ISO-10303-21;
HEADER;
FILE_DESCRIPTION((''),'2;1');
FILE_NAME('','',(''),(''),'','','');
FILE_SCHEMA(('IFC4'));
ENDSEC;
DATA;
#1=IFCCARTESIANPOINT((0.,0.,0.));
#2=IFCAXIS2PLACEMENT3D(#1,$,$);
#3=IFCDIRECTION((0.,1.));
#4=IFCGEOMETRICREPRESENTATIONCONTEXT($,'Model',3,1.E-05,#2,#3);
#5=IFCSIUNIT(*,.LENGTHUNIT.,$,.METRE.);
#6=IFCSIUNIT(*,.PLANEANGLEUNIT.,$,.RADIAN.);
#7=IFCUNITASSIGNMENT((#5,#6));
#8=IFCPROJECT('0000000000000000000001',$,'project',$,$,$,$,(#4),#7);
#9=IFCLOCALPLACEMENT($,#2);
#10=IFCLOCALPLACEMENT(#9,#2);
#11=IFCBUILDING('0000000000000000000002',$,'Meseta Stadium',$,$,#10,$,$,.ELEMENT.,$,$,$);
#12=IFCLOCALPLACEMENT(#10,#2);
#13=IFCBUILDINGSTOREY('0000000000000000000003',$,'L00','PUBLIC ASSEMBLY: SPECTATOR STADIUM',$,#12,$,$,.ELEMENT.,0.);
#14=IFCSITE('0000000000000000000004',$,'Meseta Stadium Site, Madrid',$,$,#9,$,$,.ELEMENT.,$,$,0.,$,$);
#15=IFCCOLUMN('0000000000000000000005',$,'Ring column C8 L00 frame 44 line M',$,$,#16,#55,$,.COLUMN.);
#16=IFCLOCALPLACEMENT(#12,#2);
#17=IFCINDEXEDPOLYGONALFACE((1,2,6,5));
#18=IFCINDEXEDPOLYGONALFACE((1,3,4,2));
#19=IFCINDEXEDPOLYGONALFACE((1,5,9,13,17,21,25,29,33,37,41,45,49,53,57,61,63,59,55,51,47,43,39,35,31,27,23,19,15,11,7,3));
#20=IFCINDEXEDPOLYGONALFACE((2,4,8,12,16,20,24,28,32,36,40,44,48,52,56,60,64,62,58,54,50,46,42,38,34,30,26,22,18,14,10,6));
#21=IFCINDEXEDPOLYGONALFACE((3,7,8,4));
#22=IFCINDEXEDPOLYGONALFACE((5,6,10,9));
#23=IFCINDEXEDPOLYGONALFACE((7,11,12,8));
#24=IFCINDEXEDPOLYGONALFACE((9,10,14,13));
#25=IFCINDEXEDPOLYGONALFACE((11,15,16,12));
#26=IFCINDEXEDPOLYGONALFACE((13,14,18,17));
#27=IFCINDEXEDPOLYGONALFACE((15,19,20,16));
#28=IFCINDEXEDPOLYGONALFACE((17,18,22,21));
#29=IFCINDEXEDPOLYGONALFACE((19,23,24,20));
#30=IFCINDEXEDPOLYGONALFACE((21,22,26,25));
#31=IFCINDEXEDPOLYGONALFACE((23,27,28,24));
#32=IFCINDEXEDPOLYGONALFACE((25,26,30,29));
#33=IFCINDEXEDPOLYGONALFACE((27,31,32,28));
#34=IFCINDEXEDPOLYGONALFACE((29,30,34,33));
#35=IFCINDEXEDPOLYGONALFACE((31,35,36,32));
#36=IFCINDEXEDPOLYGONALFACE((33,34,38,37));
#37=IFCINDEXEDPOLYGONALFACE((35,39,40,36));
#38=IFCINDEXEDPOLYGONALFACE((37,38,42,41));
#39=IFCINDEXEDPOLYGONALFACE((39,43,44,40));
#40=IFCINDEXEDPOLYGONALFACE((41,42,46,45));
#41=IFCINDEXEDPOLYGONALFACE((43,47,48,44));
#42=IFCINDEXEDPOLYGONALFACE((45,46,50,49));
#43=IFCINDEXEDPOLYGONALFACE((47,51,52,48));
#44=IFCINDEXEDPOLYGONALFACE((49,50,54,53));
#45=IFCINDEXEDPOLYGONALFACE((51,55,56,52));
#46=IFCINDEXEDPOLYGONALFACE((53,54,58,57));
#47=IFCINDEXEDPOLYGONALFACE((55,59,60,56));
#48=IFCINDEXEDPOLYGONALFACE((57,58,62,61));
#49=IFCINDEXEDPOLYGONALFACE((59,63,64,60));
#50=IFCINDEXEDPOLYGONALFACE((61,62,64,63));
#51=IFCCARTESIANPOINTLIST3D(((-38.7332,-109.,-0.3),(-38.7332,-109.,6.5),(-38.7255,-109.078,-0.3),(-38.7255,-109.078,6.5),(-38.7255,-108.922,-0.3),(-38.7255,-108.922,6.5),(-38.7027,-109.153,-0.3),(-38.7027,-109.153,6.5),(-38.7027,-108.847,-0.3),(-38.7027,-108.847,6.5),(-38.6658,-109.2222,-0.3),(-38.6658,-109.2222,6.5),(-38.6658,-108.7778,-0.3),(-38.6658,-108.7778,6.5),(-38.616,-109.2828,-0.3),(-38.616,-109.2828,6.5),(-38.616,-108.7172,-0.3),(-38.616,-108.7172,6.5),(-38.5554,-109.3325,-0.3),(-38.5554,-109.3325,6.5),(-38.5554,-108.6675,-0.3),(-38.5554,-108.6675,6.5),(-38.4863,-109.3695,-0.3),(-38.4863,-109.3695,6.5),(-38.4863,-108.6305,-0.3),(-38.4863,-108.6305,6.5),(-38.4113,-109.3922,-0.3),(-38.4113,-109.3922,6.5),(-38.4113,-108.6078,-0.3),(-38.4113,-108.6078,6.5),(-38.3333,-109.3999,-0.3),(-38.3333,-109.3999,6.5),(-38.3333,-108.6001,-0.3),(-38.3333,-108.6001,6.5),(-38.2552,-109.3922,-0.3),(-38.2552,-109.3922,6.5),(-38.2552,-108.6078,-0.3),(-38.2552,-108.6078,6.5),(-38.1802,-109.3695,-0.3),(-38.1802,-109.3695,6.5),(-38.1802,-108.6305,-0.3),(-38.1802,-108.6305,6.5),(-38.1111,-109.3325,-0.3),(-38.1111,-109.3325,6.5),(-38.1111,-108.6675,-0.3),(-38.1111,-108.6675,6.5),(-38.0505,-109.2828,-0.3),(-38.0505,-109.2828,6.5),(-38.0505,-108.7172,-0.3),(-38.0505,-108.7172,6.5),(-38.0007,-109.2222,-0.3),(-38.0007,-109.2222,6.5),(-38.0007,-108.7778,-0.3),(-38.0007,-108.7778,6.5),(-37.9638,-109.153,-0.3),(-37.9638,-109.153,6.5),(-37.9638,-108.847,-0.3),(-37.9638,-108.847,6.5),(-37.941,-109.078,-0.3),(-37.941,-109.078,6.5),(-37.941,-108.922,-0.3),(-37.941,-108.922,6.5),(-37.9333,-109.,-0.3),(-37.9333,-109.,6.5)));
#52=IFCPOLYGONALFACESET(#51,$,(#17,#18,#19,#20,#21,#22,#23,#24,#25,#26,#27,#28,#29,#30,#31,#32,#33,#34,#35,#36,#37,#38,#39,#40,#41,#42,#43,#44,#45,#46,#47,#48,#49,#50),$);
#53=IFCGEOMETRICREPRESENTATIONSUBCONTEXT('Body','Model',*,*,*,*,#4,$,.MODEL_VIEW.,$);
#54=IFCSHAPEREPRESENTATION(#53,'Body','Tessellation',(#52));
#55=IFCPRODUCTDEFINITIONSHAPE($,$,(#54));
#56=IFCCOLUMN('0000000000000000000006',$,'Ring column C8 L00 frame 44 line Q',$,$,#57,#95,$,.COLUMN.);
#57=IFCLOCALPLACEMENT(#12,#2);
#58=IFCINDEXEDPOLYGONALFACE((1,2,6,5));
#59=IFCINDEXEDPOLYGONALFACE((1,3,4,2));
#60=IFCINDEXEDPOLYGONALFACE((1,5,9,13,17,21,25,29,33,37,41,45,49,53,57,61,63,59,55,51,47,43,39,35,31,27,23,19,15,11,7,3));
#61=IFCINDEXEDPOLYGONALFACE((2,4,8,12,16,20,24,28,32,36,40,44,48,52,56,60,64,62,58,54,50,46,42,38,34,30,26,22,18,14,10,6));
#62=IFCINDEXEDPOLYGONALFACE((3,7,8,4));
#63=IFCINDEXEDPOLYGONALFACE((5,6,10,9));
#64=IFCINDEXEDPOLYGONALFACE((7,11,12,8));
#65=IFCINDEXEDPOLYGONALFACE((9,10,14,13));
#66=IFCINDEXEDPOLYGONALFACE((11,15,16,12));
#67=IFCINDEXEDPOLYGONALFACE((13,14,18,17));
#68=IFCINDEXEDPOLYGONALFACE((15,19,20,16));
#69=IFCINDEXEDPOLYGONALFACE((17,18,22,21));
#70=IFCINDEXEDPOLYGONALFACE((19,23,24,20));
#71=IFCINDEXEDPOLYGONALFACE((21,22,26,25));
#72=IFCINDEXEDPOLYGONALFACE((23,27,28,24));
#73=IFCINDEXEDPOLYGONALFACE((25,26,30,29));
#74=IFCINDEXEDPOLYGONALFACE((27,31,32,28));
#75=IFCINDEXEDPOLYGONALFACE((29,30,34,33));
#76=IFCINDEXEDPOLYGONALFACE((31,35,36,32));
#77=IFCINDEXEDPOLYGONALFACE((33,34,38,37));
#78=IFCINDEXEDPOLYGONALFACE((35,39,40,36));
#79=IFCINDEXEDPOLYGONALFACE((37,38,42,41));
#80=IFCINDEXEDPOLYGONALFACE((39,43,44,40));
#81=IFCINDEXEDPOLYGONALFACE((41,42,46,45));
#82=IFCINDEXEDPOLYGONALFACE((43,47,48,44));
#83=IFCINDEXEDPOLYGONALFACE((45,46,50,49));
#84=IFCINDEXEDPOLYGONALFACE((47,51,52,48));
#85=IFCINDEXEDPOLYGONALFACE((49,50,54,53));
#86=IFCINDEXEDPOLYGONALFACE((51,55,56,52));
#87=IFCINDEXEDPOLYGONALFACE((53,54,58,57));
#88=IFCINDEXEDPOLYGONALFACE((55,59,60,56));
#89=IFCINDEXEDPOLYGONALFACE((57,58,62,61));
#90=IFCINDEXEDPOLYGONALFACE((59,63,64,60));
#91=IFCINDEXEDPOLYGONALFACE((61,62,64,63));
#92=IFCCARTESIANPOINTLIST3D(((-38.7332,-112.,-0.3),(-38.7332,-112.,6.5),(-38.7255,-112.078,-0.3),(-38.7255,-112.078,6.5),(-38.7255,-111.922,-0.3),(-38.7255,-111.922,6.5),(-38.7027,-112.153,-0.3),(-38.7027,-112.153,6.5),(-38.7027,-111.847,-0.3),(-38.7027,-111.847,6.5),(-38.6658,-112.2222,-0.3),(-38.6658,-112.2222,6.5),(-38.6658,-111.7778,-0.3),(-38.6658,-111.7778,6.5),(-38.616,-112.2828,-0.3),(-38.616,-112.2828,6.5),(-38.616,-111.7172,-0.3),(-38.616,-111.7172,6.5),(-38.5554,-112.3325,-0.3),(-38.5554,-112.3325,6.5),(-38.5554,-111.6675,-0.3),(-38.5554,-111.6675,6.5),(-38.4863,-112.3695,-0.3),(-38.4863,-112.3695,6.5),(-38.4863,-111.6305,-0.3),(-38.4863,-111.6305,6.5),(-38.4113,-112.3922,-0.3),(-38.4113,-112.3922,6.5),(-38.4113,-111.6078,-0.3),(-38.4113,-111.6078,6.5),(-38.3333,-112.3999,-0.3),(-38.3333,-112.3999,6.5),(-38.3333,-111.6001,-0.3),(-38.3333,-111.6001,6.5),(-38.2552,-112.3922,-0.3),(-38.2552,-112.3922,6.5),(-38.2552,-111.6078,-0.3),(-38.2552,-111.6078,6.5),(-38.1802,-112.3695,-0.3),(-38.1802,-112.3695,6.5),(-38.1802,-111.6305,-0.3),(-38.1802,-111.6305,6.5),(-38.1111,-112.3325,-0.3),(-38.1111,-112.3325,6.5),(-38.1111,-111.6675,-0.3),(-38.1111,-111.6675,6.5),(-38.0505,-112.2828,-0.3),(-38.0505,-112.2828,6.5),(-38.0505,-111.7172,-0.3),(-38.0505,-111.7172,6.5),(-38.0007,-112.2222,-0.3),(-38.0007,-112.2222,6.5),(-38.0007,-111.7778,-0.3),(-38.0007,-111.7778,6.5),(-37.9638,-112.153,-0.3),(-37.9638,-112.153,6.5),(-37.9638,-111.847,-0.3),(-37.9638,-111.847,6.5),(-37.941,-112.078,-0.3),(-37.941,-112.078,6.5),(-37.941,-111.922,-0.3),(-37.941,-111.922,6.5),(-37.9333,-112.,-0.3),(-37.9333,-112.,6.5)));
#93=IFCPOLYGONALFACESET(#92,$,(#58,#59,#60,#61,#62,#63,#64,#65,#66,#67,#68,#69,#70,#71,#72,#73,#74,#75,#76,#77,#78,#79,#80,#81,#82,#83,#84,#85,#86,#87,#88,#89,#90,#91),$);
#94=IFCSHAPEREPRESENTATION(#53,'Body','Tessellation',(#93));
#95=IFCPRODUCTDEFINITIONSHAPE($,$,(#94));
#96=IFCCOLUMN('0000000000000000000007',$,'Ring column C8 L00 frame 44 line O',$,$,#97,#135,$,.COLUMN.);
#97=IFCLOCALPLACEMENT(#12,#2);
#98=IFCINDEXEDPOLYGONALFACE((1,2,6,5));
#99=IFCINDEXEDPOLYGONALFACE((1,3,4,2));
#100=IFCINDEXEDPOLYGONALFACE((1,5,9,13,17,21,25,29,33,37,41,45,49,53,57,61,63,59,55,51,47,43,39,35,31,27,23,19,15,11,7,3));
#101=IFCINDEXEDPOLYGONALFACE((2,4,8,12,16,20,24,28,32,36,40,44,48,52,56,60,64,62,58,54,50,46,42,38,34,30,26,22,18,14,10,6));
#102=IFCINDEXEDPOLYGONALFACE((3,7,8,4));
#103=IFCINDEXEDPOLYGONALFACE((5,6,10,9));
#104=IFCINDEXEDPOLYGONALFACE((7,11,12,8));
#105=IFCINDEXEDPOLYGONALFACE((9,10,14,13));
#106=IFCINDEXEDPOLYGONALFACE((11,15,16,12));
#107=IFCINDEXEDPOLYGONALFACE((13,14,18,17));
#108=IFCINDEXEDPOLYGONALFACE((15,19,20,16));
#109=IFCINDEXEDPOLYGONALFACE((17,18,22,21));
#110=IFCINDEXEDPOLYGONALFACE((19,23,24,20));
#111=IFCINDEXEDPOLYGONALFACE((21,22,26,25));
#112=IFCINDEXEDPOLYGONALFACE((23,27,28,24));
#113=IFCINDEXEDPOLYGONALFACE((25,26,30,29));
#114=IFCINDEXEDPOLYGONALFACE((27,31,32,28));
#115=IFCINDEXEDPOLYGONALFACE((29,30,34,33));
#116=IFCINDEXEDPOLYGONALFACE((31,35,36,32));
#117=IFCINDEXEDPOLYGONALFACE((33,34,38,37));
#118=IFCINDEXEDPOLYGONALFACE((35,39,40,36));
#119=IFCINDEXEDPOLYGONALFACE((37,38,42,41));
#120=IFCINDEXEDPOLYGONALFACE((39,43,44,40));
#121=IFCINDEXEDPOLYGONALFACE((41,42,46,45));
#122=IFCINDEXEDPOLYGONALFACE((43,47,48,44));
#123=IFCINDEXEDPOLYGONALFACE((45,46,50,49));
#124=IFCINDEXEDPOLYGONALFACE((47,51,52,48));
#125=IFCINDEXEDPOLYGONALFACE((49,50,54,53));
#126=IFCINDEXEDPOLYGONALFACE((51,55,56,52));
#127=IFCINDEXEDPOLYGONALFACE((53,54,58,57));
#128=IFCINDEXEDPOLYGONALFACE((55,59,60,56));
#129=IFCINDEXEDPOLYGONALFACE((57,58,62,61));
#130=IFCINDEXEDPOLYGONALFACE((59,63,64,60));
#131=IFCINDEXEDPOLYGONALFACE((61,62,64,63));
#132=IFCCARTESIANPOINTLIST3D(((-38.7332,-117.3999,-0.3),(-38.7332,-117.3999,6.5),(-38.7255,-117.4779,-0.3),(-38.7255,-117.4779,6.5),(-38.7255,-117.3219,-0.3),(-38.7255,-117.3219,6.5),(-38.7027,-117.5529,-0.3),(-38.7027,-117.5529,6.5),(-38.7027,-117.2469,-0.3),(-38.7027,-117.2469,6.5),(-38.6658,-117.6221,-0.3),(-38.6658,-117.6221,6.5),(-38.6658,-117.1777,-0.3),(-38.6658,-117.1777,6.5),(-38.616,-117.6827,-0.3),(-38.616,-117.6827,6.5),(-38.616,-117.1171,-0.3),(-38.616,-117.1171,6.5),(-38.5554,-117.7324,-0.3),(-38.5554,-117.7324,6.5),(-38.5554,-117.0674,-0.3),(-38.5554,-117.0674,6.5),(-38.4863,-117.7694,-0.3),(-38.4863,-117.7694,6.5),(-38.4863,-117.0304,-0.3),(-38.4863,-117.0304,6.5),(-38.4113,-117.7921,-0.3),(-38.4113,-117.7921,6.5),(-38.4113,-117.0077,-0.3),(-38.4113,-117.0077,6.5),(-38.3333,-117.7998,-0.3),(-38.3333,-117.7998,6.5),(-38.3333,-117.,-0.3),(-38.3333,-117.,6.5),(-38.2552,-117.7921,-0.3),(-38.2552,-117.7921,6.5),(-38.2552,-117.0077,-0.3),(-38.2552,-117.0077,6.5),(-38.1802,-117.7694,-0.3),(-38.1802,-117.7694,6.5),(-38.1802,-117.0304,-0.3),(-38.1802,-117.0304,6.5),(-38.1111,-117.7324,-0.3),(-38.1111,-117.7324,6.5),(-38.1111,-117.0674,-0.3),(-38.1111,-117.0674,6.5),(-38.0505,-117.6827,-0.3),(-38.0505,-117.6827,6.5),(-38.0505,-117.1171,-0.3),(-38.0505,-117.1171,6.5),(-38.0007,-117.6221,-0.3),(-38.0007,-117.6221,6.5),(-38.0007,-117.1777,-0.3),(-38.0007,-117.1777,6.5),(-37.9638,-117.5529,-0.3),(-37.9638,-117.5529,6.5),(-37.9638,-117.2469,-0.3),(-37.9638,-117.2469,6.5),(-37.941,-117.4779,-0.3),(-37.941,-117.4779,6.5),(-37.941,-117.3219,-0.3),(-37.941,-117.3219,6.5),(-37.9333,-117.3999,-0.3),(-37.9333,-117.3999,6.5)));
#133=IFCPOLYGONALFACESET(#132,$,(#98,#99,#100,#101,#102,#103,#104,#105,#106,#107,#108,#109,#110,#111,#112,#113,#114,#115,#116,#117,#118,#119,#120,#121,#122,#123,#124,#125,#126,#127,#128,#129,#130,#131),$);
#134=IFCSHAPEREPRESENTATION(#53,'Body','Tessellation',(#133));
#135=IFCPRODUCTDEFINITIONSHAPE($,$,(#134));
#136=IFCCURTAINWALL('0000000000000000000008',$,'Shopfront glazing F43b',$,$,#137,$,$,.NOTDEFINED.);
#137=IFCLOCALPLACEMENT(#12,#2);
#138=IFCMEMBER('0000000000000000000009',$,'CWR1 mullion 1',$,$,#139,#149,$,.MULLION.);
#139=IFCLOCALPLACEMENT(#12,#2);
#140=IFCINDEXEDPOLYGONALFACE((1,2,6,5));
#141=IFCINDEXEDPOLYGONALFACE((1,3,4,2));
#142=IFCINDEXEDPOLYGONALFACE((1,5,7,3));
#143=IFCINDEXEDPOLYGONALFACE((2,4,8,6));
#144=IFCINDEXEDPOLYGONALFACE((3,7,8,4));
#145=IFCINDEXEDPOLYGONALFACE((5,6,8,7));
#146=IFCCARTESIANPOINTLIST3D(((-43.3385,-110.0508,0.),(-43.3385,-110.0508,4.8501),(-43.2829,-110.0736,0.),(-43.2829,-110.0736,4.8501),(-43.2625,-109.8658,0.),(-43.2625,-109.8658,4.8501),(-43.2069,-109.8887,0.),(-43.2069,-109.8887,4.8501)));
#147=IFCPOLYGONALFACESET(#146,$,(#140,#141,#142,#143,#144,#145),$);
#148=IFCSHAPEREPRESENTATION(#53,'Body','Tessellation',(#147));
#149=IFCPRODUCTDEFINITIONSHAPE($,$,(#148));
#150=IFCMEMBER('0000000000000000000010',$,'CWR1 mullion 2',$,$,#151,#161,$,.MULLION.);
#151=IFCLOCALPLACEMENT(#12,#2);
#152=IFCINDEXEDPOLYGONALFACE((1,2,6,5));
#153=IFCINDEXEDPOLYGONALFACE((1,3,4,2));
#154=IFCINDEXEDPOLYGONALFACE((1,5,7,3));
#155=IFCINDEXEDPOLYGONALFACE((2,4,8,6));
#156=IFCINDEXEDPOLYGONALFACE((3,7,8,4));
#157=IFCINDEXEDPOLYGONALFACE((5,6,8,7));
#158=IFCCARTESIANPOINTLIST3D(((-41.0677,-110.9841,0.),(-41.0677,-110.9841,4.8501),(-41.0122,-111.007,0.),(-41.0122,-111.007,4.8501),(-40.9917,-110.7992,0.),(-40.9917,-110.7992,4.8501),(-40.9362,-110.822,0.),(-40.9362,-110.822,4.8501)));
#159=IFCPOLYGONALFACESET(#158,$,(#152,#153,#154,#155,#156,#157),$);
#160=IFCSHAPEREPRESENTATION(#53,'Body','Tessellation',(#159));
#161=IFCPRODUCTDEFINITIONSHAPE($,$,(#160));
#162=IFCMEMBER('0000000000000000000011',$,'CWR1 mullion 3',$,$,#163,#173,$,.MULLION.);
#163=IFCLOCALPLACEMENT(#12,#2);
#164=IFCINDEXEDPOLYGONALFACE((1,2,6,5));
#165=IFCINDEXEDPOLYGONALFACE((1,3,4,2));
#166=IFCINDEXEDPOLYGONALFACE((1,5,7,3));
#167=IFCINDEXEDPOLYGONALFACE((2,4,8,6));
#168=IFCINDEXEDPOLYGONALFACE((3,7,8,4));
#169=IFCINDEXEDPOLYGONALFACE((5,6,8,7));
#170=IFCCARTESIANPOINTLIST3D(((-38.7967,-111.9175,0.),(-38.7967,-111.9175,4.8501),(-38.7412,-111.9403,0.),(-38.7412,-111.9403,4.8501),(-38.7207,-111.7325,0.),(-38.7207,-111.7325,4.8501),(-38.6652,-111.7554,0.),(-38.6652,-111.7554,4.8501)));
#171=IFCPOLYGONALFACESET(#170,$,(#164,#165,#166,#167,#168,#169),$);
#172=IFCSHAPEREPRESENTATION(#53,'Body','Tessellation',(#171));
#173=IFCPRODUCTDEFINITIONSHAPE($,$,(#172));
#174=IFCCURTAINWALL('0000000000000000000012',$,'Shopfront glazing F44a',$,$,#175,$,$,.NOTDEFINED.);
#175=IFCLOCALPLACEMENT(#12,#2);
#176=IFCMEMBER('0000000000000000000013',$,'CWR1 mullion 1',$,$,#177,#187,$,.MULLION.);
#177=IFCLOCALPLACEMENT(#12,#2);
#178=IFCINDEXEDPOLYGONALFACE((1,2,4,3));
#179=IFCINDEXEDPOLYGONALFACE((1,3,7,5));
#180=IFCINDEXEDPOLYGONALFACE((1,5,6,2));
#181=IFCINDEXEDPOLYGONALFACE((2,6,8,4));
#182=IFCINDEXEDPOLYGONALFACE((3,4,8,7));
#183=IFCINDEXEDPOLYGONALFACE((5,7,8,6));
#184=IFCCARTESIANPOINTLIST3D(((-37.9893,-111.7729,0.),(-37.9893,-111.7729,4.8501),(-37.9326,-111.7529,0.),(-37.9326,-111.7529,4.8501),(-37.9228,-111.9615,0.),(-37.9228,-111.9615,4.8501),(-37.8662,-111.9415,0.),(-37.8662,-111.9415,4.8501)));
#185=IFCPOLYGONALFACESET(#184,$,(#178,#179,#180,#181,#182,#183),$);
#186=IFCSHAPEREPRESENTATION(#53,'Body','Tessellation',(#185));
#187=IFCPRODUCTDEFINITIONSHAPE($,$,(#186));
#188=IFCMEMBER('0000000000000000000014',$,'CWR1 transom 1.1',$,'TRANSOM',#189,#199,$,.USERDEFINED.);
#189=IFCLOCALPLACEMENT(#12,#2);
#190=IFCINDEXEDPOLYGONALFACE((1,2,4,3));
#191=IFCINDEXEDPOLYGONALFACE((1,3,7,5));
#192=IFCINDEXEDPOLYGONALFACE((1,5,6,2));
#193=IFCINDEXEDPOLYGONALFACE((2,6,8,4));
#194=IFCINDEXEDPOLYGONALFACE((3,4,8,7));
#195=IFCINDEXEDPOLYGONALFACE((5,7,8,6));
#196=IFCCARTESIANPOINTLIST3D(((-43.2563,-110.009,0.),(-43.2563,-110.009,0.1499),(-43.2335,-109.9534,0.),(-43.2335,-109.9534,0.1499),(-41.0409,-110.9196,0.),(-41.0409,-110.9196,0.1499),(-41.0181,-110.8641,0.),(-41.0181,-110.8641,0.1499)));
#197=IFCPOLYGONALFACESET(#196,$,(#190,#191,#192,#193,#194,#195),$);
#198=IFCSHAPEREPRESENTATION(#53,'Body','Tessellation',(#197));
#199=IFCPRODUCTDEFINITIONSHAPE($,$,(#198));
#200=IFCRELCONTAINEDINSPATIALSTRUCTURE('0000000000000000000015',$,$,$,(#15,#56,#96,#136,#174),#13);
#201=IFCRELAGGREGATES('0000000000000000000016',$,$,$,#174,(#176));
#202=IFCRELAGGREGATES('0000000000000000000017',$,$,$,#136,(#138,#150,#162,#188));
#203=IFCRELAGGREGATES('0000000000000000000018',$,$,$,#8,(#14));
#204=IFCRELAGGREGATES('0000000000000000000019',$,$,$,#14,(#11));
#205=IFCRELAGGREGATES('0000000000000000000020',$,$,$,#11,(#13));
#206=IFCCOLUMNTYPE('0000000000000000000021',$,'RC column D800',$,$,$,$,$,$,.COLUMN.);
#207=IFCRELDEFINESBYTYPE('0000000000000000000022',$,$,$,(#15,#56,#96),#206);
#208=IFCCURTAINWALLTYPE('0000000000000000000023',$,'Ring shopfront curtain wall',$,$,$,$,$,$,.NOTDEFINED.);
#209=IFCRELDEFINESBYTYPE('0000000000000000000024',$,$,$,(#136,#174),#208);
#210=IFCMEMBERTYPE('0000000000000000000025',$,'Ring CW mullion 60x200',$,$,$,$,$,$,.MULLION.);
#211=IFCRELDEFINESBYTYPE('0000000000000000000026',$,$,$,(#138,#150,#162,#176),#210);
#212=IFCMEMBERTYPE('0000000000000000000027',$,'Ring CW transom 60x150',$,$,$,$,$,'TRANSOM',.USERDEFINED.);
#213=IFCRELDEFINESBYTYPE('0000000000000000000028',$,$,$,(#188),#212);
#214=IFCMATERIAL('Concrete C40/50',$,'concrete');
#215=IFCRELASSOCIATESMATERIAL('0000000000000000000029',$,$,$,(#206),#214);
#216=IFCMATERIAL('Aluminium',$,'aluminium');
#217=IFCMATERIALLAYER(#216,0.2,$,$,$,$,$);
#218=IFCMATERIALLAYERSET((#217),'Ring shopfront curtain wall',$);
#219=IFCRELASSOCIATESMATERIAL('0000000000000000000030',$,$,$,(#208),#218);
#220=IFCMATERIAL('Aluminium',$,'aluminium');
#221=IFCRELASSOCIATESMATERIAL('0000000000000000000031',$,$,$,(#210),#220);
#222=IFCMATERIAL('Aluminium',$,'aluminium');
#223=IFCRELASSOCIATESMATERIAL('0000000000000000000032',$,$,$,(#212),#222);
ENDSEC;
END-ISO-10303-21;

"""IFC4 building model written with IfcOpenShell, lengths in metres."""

from ifc_helpers import new_model, si_unit, direction, frame, origin, origin_2d, place, context, subcontext, project, spatial, rectangle, circle, extrude, material, layer, layer_set, material_profile, profile_set, type_object, element, aggregate, save


model = new_model("IFC4")

# Units and contexts
model_context = context("Model", 3, precision=1e-05, world=origin(), true_north=direction((0.0, 1.0)))
body_context = subcontext(model_context, "Body", "Model", "MODEL_VIEW")
ifc_project = project(units=[si_unit("LENGTHUNIT", "METRE"), si_unit("PLANEANGLEUNIT", "RADIAN")], contexts=[model_context])

# Site, building, storey
site_placement = place(None, origin())
site = spatial("IfcSite", under=ifc_project, at=site_placement, Name="Meseta Stadium Site, Madrid", CompositionType="ELEMENT", RefElevation=0.0)
building_placement = place(site_placement, origin())
building = spatial("IfcBuilding", under=site, at=building_placement, Name="Meseta Stadium", CompositionType="ELEMENT")
storey_placement = place(building_placement, origin())
storey = spatial("IfcBuildingStorey", under=building, at=storey_placement, Name="L00", Description="PUBLIC ASSEMBLY: SPECTATOR STADIUM", CompositionType="ELEMENT", Elevation=0.0)

# Columns
ifc_material_1 = material(Name="Concrete C40/50", Category="concrete")
ifc_material_profile_1 = material_profile(ifc_material_1, circle(Radius=0.3999, at=origin_2d()), Name="RC D800")
ifc_profile_set_1 = profile_set([ifc_material_profile_1], Name="Concrete C40/50")
column_type = type_object("IfcColumnType", Name="RC column D800", PredefinedType="COLUMN", material=ifc_profile_set_1)
for number, where, z_axis, x_axis, name in (
    (1, (-38.3333, -109.0, -0.3), (0.0, 0.0, 1.0), (1.0, 0.0, 0.0), "Ring column C8 L00 frame 44 line M"),
    (2, (-38.3333, -112.0, -0.3), (0.0, 0.0, 1.0), (1.0, 0.0, 0.0), "Ring column C8 L00 frame 44 line Q"),
    (3, (-38.3333, -117.3999, -0.3), (0.0, 0.0, 1.0), (1.0, 0.0, 0.0), "Ring column C8 L00 frame 44 line O"),
):
    element("IfcColumn", number, at=place(storey_placement, frame(where, z_axis=z_axis, x_axis=x_axis)), inside=storey, type_object=column_type, Name=name, PredefinedType="COLUMN", context=body_context, shape_type="SweptSolid", body=[
        extrude(circle(Radius=0.3999, at=origin_2d()), origin(), (0.0, 0.0, 1.0), 6.8),
    ])

# Curtain wall, members
ifc_material_2 = material(Name="Aluminium", Category="aluminium")
ifc_layer_1 = layer(ifc_material_2, 0.2)
ifc_layer_set_1 = layer_set([ifc_layer_1], Name="Ring shopfront curtain wall")
curtain_wall_type = type_object("IfcCurtainWallType", Name="Ring shopfront curtain wall", PredefinedType="NOTDEFINED", material=ifc_layer_set_1)
curtain_wall_1_placement = place(storey_placement, origin())
curtain_wall_1 = element("IfcCurtainWall", 4, at=curtain_wall_1_placement, inside=storey, type_object=curtain_wall_type, Name="Shopfront glazing F43b", PredefinedType="NOTDEFINED")
ifc_material_3 = material(Name="Aluminium", Category="aluminium")
ifc_material_profile_2 = material_profile(ifc_material_3, rectangle(XDim=0.2, YDim=0.0601, at=origin_2d()), Name="CW 200x60")
ifc_profile_set_2 = profile_set([ifc_material_profile_2], Name="Aluminium")
member_type_1 = type_object("IfcMemberType", Name="Ring CW mullion 60x200", PredefinedType="MULLION", material=ifc_profile_set_2)
member_1_placement = place(storey_placement, frame((-43.2727, -109.9697, 0.0), z_axis=(0.0, 0.0, 1.0), x_axis=(0.380161, 0.92492, 0.0)))
member_1 = element("IfcMember", 5, at=member_1_placement, type_object=member_type_1, Name="CWR1 mullion 1", PredefinedType="MULLION", context=body_context, shape_type="SweptSolid", body=[
    extrude(rectangle(XDim=0.2, YDim=0.0601, at=origin_2d()), origin(), (0.0, 0.0, 1.0), 4.8501),
])
member_2_placement = place(storey_placement, frame((-41.002, -110.9031, 0.0), z_axis=(0.0, 0.0, 1.0), x_axis=(0.380161, 0.92492, 0.0)))
member_2 = element("IfcMember", 6, at=member_2_placement, type_object=member_type_1, Name="CWR1 mullion 2", PredefinedType="MULLION", context=body_context, shape_type="SweptSolid", body=[
    extrude(rectangle(XDim=0.2, YDim=0.0601, at=origin_2d()), origin(), (0.0, 0.0, 1.0), 4.8501),
])
member_3_placement = place(storey_placement, frame((-38.731, -111.8364, 0.0), z_axis=(0.0, 0.0, 1.0), x_axis=(0.380161, 0.92492, 0.0)))
member_3 = element("IfcMember", 7, at=member_3_placement, type_object=member_type_1, Name="CWR1 mullion 3", PredefinedType="MULLION", context=body_context, shape_type="SweptSolid", body=[
    extrude(rectangle(XDim=0.2, YDim=0.0601, at=origin_2d()), origin(), (0.0, 0.0, 1.0), 4.8501),
])

# Curtain wall, member
curtain_wall_2_placement = place(storey_placement, origin())
curtain_wall_2 = element("IfcCurtainWall", 8, at=curtain_wall_2_placement, inside=storey, type_object=curtain_wall_type, Name="Shopfront glazing F44a", PredefinedType="NOTDEFINED")
member_4_placement = place(storey_placement, frame((-37.9277, -111.8572, 0.0), z_axis=(0.0, 0.0, 1.0), x_axis=(-0.33217, 0.94322, 0.0)))
member_4 = element("IfcMember", 9, at=member_4_placement, type_object=member_type_1, Name="CWR1 mullion 1", PredefinedType="MULLION", context=body_context, shape_type="SweptSolid", body=[
    extrude(rectangle(XDim=0.2, YDim=0.0601, at=origin_2d()), origin(), (0.0, 0.0, 1.0), 4.8501),
])

# Member
ifc_material_4 = material(Name="Aluminium", Category="aluminium")
ifc_material_profile_3 = material_profile(ifc_material_4, rectangle(XDim=0.0601, YDim=0.1499, at=origin_2d()), Name="CW 60x150")
ifc_profile_set_3 = profile_set([ifc_material_profile_3], Name="Aluminium")
member_type_2 = type_object("IfcMemberType", Name="Ring CW transom 60x150", ElementType="TRANSOM", PredefinedType="USERDEFINED", material=ifc_profile_set_3)
member_5_placement = place(storey_placement, frame((-43.2449, -109.9812, 0.075), z_axis=(0.924906, -0.380196, 0.0), x_axis=(0.380196, 0.924906, 0.0)))
member_5 = element("IfcMember", 10, at=member_5_placement, type_object=member_type_2, Name="CWR1 transom 1.1", ObjectType="TRANSOM", PredefinedType="USERDEFINED", context=body_context, shape_type="SweptSolid", body=[
    extrude(rectangle(XDim=0.0601, YDim=0.1499, at=origin_2d()), origin(), (0.0, 0.0, 1.0), 2.3953),
])
aggregate(curtain_wall_2, [member_4])

aggregate(curtain_wall_1, [member_1, member_2, member_3, member_5])

save(model, "model.ifc")
